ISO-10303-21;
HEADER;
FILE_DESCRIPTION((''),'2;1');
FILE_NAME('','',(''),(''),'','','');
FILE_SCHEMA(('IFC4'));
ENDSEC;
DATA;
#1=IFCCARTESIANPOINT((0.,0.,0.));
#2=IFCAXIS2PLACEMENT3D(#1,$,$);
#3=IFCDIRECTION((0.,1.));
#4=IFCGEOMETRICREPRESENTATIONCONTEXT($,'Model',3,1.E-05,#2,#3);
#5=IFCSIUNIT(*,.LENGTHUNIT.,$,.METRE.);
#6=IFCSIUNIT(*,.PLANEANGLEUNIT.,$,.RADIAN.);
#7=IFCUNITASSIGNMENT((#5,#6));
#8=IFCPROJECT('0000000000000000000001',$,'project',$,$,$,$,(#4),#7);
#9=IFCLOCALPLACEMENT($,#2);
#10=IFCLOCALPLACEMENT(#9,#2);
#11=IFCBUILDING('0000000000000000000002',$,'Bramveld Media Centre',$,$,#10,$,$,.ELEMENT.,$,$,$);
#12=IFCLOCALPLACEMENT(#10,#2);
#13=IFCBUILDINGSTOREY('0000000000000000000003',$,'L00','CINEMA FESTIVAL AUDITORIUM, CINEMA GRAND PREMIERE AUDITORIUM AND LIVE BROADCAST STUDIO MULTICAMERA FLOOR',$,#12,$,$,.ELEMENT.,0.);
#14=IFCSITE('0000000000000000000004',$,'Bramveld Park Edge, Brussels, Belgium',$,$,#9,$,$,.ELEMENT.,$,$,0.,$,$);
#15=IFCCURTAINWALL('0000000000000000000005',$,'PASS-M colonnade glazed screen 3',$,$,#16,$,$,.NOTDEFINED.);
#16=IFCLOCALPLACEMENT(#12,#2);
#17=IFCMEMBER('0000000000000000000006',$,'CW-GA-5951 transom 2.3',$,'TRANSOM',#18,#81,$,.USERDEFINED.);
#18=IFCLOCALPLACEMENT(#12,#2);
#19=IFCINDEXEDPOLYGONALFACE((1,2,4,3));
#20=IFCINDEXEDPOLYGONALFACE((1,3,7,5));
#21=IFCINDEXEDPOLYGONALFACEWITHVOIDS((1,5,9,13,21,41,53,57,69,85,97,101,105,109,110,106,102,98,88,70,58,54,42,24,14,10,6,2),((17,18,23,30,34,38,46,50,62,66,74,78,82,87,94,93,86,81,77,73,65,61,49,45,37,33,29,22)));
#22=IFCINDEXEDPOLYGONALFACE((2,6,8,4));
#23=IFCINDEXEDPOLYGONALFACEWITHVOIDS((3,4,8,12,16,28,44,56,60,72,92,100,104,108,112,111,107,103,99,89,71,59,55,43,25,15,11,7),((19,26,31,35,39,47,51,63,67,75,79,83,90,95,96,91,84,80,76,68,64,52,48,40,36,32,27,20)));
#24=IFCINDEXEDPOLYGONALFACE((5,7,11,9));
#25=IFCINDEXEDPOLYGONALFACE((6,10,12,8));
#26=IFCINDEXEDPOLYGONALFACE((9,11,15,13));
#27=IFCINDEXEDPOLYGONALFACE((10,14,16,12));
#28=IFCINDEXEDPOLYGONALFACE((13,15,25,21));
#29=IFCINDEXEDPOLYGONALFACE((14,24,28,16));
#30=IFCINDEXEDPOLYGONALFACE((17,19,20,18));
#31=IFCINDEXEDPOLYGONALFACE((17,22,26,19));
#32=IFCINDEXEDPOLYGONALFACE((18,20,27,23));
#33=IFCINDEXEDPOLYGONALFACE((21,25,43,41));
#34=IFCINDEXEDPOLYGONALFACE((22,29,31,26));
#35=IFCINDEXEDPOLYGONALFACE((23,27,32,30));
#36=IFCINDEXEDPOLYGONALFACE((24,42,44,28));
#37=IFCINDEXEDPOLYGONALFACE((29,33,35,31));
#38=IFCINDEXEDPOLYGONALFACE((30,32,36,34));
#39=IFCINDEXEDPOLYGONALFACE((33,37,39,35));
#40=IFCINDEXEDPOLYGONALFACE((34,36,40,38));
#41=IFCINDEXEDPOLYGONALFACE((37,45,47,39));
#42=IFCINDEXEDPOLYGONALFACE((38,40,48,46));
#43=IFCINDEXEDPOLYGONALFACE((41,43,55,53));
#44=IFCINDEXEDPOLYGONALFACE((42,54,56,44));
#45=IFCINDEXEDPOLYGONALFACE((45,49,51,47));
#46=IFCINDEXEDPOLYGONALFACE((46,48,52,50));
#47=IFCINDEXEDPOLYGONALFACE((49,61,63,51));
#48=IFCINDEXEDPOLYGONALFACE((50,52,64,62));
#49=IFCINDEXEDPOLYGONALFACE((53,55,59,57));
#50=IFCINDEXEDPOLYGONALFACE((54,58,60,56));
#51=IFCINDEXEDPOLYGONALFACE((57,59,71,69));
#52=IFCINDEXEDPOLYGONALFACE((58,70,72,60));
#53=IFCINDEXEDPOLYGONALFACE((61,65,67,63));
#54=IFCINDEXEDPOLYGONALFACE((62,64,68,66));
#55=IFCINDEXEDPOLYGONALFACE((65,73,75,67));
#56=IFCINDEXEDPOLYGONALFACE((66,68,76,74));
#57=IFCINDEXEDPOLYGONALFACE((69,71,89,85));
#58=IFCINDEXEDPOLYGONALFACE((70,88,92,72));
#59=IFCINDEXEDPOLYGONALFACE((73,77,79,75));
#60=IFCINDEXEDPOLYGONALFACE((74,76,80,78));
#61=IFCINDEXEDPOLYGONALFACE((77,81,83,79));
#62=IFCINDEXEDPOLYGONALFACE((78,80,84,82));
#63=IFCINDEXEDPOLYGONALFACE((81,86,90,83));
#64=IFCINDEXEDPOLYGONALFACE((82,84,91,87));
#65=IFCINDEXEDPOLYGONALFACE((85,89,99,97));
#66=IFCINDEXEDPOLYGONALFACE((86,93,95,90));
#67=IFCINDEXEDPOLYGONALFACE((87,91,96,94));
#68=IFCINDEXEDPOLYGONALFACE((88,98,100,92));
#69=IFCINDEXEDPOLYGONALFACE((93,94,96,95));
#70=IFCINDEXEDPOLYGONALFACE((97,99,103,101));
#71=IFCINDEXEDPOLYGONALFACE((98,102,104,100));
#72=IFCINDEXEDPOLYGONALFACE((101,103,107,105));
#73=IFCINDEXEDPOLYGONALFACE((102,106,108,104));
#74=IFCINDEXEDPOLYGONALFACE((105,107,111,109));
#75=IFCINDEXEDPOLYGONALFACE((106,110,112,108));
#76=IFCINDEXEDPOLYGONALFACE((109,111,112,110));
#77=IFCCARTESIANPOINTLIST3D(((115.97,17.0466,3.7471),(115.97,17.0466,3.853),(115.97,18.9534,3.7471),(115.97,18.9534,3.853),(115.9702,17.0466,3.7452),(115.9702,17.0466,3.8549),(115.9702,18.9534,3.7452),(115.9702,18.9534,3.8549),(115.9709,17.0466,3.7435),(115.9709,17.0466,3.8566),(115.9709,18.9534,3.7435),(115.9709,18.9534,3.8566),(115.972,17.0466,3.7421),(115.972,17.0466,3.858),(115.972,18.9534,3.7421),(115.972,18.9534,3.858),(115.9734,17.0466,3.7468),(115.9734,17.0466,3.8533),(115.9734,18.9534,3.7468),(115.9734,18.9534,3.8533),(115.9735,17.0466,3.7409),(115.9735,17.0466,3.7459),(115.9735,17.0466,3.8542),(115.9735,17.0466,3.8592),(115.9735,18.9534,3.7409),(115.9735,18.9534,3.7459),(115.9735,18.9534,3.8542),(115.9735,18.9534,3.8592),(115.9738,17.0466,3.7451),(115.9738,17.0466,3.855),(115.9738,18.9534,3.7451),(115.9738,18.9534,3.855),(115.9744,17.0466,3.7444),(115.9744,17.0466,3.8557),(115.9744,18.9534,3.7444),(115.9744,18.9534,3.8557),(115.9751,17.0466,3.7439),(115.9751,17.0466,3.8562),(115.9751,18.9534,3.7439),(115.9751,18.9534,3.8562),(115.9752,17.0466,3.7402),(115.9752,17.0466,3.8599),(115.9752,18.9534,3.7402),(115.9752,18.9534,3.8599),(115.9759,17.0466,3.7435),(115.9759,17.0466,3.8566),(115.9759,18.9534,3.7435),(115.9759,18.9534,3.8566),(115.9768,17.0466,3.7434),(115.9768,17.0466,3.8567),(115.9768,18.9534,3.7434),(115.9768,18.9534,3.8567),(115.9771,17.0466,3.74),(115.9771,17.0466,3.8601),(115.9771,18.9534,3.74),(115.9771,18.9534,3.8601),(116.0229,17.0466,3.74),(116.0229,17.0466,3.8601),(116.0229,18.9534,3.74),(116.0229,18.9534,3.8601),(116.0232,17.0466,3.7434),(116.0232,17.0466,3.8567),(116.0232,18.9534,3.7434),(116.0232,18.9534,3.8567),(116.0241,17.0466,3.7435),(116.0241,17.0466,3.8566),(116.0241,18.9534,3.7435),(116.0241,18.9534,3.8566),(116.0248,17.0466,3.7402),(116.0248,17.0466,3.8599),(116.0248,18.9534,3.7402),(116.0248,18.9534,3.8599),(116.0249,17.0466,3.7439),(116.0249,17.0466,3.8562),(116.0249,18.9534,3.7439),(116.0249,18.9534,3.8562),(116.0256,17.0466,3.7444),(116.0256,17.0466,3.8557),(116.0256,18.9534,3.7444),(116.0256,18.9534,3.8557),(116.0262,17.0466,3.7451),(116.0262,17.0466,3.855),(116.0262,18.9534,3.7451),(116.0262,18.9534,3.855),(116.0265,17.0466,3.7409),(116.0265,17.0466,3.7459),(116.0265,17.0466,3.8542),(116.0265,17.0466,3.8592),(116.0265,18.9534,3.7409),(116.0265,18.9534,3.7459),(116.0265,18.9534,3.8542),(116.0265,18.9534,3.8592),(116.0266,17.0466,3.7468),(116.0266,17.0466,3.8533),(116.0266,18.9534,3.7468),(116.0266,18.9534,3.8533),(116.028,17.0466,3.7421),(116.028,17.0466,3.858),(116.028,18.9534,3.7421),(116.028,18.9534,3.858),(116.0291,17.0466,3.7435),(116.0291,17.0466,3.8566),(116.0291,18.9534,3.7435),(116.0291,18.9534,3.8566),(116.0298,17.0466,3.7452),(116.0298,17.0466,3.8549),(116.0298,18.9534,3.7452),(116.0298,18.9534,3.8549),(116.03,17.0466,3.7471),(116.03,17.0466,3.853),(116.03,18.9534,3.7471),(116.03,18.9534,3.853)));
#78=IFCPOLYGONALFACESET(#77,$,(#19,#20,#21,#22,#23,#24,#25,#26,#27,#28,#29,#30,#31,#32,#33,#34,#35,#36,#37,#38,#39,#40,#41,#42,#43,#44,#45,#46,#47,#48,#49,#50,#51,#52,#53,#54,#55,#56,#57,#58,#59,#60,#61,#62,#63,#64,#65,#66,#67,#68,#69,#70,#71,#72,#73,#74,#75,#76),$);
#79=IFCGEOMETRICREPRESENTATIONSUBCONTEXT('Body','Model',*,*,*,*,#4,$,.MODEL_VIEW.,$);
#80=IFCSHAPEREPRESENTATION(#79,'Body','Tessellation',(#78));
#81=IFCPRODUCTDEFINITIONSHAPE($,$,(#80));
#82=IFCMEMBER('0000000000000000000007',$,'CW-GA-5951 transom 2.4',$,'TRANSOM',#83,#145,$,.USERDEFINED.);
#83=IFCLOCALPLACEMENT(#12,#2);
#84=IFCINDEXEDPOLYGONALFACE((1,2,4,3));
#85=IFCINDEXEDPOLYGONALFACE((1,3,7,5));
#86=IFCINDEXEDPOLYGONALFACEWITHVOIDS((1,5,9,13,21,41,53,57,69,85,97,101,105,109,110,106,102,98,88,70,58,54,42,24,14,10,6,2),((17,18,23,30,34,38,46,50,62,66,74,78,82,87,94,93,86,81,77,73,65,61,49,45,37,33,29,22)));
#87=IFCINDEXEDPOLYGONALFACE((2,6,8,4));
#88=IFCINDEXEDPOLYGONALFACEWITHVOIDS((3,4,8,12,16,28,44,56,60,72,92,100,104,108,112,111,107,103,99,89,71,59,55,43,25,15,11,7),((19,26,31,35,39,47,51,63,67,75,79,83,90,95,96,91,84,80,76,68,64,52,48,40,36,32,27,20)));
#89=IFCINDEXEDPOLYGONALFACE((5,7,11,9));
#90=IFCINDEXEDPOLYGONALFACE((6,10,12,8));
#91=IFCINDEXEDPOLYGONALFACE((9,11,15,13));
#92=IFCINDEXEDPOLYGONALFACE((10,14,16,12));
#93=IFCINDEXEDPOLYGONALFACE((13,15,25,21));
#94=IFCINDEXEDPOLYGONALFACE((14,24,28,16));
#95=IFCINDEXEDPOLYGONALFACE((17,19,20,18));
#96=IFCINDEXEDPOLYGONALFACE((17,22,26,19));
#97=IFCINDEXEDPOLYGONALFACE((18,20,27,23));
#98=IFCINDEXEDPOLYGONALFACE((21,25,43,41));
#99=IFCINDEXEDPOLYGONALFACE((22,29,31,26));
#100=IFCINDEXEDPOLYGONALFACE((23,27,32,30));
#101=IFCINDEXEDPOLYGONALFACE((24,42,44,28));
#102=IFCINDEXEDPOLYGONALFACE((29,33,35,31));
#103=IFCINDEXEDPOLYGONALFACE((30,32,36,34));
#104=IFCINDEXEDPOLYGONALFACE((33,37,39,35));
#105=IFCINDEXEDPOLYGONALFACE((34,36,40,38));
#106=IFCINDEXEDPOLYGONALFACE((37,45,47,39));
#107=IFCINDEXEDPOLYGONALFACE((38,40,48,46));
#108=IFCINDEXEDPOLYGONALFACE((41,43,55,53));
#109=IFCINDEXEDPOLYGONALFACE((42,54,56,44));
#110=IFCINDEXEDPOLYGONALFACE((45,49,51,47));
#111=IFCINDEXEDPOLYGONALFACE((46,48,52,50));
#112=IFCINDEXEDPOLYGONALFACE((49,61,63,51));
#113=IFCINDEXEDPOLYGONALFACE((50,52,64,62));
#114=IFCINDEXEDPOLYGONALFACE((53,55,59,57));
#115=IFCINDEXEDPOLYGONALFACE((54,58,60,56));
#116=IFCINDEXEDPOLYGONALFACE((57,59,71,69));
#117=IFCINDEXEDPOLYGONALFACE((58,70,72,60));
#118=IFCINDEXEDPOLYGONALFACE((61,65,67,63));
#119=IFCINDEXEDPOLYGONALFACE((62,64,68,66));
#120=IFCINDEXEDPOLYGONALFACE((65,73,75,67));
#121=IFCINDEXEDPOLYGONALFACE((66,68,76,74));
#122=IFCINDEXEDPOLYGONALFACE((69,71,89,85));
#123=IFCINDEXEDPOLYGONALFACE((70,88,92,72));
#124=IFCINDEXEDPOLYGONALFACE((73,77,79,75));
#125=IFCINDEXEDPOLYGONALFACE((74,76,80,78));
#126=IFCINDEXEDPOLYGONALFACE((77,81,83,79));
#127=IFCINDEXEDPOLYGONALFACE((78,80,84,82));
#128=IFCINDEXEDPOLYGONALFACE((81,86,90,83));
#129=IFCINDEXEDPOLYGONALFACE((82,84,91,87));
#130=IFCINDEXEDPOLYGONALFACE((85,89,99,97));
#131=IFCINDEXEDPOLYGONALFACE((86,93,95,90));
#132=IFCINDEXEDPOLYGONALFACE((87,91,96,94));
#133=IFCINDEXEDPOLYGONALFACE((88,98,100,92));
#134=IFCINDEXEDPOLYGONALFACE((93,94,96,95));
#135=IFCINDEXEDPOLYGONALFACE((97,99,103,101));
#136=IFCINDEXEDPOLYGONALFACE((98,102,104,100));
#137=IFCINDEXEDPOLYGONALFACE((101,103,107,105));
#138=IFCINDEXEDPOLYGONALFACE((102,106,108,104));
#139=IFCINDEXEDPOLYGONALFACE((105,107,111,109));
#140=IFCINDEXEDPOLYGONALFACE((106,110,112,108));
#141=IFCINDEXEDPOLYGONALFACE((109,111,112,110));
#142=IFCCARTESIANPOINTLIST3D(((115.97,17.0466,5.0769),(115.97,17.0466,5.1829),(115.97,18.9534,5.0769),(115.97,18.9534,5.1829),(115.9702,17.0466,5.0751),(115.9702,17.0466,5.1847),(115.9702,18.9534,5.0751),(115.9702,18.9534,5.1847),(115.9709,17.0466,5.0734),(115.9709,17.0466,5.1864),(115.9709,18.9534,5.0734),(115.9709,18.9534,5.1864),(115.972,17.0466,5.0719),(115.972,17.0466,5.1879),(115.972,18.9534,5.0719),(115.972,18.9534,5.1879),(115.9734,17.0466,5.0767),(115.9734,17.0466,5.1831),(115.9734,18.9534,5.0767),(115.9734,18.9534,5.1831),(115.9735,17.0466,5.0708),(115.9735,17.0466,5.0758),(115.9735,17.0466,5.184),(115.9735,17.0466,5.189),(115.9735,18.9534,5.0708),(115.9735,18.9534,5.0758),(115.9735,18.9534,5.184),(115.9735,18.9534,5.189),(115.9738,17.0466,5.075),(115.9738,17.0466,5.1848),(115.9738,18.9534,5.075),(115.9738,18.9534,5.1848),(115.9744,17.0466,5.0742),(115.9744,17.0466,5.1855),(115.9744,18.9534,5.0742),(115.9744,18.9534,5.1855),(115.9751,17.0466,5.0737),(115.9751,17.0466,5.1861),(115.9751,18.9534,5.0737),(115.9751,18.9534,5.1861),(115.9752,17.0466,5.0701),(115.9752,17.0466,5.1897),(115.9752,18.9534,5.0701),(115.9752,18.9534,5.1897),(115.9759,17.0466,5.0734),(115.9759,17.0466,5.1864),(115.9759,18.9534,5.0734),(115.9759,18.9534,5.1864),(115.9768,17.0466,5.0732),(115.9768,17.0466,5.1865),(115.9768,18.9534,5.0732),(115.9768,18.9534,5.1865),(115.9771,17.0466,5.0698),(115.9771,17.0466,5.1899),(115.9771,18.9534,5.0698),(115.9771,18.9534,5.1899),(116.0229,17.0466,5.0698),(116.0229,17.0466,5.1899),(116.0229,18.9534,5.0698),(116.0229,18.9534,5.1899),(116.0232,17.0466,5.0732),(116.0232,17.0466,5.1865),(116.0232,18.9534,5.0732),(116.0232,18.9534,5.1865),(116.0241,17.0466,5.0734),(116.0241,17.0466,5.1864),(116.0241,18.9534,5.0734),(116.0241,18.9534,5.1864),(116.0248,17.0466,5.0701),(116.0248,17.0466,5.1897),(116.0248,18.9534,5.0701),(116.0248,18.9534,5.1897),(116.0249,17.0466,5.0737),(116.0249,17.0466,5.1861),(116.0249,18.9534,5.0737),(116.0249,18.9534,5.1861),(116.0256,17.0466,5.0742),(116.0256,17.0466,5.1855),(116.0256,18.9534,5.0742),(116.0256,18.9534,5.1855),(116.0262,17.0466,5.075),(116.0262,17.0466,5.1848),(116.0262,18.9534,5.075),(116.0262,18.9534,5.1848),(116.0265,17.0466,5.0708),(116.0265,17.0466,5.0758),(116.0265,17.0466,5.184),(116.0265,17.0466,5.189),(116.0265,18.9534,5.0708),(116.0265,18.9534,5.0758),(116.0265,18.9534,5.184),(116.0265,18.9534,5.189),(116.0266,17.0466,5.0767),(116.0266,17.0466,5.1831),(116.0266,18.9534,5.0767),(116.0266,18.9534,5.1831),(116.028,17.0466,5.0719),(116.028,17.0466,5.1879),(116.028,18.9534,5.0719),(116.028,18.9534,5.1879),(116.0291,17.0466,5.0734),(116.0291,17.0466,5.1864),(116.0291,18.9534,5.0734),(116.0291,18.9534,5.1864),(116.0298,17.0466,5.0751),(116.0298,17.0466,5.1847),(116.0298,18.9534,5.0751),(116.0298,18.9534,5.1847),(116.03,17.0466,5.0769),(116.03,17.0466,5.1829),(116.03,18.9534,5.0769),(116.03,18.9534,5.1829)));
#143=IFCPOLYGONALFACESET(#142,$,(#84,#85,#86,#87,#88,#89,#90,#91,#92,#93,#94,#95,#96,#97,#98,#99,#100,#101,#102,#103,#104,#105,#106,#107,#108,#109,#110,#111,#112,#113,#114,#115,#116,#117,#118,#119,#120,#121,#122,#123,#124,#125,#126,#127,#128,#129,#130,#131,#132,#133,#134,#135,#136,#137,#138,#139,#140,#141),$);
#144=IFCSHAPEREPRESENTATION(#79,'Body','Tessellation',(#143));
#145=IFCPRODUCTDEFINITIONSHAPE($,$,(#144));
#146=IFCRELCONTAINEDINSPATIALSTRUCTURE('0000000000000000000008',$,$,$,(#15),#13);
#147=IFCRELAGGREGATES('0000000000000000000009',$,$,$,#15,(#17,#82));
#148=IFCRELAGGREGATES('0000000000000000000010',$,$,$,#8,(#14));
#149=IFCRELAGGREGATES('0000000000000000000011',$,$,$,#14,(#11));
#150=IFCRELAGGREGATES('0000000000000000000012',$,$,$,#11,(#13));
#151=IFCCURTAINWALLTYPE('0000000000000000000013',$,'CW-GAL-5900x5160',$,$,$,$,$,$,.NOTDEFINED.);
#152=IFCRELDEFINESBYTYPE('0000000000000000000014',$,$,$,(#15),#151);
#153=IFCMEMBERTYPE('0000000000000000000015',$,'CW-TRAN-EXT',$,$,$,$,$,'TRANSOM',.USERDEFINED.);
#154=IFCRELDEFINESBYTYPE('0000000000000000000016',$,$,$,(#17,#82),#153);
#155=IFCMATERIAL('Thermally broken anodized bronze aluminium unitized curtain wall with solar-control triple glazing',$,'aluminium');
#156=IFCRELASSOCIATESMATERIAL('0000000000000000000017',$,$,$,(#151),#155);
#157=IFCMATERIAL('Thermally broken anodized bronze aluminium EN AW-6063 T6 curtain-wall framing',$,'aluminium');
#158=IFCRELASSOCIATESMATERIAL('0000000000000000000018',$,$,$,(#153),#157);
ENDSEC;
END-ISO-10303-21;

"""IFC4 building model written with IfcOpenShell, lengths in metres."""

from ifc_helpers import new_model, si_unit, direction, frame, origin, origin_2d, place, context, subcontext, project, spatial, hollow_rectangle, extrude, material, material_profile, profile_set, type_object, element, aggregate, save


model = new_model("IFC4")

# Units and contexts
model_context = context("Model", 3, precision=1e-05, world=origin(), true_north=direction((0.0, 1.0)))
body_context = subcontext(model_context, "Body", "Model", "MODEL_VIEW")
ifc_project = project(units=[si_unit("LENGTHUNIT", "METRE"), si_unit("PLANEANGLEUNIT", "RADIAN")], contexts=[model_context])

# Site, building, storey
site_placement = place(None, origin())
site = spatial("IfcSite", under=ifc_project, at=site_placement, Name="Bramveld Park Edge, Brussels, Belgium", CompositionType="ELEMENT", RefElevation=0.0)
building_placement = place(site_placement, origin())
building = spatial("IfcBuilding", under=site, at=building_placement, Name="Bramveld Media Centre", CompositionType="ELEMENT")
storey_placement = place(building_placement, origin())
storey = spatial("IfcBuildingStorey", under=building, at=storey_placement, Name="L00", Description="CINEMA FESTIVAL AUDITORIUM, CINEMA GRAND PREMIERE AUDITORIUM AND LIVE BROADCAST STUDIO MULTICAMERA FLOOR", CompositionType="ELEMENT", Elevation=0.0)

# Curtain wall
ifc_material_1 = material(Name="Thermally broken anodized bronze aluminium unitized curtain wall with solar-control triple glazing", Category="aluminium")
curtain_wall_type = type_object("IfcCurtainWallType", Name="CW-GAL-5900x5160", PredefinedType="NOTDEFINED", material=ifc_material_1)
curtain_wall_1_placement = place(storey_placement, origin())
curtain_wall_1 = element("IfcCurtainWall", 1, at=curtain_wall_1_placement, inside=storey, type_object=curtain_wall_type, Name="PASS-M colonnade glazed screen 3", PredefinedType="NOTDEFINED")

# Members
ifc_material_2 = material(Name="Thermally broken anodized bronze aluminium EN AW-6063 T6 curtain-wall framing", Category="aluminium")
ifc_material_profile_1 = material_profile(ifc_material_2, hollow_rectangle(XDim=0.0601, YDim=0.1201, WallThickness=0.0034, InnerFilletRadius=0.0034, OuterFilletRadius=0.0071, at=origin_2d()), Name="AL-TRAN 60x120")
ifc_profile_set_1 = profile_set([ifc_material_profile_1], Name="Thermally broken anodized bronze aluminium EN AW-6063 T6 curtain-wall framing")
member_type_1 = type_object("IfcMemberType", Name="CW-TRAN-EXT", ElementType="TRANSOM", PredefinedType="USERDEFINED", material=ifc_profile_set_1)
member_1_placement = place(storey_placement, frame((116.0, 17.0466, 3.8), z_axis=(0.0, 1.0, 0.0), x_axis=(-1.0, 0.0, 0.0)))
member_1 = element("IfcMember", 2, at=member_1_placement, type_object=member_type_1, Name="CW-GA-5951 transom 2.3", ObjectType="TRANSOM", PredefinedType="USERDEFINED", context=body_context, shape_type="SweptSolid", body=[
    extrude(hollow_rectangle(XDim=0.0601, YDim=0.1201, WallThickness=0.0034, InnerFilletRadius=0.0034, OuterFilletRadius=0.0071, at=origin_2d()), origin(), (0.0, 0.0, 1.0), 1.9067),
])
member_2_placement = place(storey_placement, frame((116.0, 17.0466, 5.1299), z_axis=(0.0, 1.0, 0.0), x_axis=(-1.0, 0.0, 0.0)))
member_2 = element("IfcMember", 3, at=member_2_placement, type_object=member_type_1, Name="CW-GA-5951 transom 2.4", ObjectType="TRANSOM", PredefinedType="USERDEFINED", context=body_context, shape_type="SweptSolid", body=[
    extrude(hollow_rectangle(XDim=0.0601, YDim=0.1201, WallThickness=0.0034, InnerFilletRadius=0.0034, OuterFilletRadius=0.0071, at=origin_2d()), origin(), (0.0, 0.0, 1.0), 1.9067),
])

aggregate(curtain_wall_1, [member_1, member_2])

save(model, "model.ifc")
